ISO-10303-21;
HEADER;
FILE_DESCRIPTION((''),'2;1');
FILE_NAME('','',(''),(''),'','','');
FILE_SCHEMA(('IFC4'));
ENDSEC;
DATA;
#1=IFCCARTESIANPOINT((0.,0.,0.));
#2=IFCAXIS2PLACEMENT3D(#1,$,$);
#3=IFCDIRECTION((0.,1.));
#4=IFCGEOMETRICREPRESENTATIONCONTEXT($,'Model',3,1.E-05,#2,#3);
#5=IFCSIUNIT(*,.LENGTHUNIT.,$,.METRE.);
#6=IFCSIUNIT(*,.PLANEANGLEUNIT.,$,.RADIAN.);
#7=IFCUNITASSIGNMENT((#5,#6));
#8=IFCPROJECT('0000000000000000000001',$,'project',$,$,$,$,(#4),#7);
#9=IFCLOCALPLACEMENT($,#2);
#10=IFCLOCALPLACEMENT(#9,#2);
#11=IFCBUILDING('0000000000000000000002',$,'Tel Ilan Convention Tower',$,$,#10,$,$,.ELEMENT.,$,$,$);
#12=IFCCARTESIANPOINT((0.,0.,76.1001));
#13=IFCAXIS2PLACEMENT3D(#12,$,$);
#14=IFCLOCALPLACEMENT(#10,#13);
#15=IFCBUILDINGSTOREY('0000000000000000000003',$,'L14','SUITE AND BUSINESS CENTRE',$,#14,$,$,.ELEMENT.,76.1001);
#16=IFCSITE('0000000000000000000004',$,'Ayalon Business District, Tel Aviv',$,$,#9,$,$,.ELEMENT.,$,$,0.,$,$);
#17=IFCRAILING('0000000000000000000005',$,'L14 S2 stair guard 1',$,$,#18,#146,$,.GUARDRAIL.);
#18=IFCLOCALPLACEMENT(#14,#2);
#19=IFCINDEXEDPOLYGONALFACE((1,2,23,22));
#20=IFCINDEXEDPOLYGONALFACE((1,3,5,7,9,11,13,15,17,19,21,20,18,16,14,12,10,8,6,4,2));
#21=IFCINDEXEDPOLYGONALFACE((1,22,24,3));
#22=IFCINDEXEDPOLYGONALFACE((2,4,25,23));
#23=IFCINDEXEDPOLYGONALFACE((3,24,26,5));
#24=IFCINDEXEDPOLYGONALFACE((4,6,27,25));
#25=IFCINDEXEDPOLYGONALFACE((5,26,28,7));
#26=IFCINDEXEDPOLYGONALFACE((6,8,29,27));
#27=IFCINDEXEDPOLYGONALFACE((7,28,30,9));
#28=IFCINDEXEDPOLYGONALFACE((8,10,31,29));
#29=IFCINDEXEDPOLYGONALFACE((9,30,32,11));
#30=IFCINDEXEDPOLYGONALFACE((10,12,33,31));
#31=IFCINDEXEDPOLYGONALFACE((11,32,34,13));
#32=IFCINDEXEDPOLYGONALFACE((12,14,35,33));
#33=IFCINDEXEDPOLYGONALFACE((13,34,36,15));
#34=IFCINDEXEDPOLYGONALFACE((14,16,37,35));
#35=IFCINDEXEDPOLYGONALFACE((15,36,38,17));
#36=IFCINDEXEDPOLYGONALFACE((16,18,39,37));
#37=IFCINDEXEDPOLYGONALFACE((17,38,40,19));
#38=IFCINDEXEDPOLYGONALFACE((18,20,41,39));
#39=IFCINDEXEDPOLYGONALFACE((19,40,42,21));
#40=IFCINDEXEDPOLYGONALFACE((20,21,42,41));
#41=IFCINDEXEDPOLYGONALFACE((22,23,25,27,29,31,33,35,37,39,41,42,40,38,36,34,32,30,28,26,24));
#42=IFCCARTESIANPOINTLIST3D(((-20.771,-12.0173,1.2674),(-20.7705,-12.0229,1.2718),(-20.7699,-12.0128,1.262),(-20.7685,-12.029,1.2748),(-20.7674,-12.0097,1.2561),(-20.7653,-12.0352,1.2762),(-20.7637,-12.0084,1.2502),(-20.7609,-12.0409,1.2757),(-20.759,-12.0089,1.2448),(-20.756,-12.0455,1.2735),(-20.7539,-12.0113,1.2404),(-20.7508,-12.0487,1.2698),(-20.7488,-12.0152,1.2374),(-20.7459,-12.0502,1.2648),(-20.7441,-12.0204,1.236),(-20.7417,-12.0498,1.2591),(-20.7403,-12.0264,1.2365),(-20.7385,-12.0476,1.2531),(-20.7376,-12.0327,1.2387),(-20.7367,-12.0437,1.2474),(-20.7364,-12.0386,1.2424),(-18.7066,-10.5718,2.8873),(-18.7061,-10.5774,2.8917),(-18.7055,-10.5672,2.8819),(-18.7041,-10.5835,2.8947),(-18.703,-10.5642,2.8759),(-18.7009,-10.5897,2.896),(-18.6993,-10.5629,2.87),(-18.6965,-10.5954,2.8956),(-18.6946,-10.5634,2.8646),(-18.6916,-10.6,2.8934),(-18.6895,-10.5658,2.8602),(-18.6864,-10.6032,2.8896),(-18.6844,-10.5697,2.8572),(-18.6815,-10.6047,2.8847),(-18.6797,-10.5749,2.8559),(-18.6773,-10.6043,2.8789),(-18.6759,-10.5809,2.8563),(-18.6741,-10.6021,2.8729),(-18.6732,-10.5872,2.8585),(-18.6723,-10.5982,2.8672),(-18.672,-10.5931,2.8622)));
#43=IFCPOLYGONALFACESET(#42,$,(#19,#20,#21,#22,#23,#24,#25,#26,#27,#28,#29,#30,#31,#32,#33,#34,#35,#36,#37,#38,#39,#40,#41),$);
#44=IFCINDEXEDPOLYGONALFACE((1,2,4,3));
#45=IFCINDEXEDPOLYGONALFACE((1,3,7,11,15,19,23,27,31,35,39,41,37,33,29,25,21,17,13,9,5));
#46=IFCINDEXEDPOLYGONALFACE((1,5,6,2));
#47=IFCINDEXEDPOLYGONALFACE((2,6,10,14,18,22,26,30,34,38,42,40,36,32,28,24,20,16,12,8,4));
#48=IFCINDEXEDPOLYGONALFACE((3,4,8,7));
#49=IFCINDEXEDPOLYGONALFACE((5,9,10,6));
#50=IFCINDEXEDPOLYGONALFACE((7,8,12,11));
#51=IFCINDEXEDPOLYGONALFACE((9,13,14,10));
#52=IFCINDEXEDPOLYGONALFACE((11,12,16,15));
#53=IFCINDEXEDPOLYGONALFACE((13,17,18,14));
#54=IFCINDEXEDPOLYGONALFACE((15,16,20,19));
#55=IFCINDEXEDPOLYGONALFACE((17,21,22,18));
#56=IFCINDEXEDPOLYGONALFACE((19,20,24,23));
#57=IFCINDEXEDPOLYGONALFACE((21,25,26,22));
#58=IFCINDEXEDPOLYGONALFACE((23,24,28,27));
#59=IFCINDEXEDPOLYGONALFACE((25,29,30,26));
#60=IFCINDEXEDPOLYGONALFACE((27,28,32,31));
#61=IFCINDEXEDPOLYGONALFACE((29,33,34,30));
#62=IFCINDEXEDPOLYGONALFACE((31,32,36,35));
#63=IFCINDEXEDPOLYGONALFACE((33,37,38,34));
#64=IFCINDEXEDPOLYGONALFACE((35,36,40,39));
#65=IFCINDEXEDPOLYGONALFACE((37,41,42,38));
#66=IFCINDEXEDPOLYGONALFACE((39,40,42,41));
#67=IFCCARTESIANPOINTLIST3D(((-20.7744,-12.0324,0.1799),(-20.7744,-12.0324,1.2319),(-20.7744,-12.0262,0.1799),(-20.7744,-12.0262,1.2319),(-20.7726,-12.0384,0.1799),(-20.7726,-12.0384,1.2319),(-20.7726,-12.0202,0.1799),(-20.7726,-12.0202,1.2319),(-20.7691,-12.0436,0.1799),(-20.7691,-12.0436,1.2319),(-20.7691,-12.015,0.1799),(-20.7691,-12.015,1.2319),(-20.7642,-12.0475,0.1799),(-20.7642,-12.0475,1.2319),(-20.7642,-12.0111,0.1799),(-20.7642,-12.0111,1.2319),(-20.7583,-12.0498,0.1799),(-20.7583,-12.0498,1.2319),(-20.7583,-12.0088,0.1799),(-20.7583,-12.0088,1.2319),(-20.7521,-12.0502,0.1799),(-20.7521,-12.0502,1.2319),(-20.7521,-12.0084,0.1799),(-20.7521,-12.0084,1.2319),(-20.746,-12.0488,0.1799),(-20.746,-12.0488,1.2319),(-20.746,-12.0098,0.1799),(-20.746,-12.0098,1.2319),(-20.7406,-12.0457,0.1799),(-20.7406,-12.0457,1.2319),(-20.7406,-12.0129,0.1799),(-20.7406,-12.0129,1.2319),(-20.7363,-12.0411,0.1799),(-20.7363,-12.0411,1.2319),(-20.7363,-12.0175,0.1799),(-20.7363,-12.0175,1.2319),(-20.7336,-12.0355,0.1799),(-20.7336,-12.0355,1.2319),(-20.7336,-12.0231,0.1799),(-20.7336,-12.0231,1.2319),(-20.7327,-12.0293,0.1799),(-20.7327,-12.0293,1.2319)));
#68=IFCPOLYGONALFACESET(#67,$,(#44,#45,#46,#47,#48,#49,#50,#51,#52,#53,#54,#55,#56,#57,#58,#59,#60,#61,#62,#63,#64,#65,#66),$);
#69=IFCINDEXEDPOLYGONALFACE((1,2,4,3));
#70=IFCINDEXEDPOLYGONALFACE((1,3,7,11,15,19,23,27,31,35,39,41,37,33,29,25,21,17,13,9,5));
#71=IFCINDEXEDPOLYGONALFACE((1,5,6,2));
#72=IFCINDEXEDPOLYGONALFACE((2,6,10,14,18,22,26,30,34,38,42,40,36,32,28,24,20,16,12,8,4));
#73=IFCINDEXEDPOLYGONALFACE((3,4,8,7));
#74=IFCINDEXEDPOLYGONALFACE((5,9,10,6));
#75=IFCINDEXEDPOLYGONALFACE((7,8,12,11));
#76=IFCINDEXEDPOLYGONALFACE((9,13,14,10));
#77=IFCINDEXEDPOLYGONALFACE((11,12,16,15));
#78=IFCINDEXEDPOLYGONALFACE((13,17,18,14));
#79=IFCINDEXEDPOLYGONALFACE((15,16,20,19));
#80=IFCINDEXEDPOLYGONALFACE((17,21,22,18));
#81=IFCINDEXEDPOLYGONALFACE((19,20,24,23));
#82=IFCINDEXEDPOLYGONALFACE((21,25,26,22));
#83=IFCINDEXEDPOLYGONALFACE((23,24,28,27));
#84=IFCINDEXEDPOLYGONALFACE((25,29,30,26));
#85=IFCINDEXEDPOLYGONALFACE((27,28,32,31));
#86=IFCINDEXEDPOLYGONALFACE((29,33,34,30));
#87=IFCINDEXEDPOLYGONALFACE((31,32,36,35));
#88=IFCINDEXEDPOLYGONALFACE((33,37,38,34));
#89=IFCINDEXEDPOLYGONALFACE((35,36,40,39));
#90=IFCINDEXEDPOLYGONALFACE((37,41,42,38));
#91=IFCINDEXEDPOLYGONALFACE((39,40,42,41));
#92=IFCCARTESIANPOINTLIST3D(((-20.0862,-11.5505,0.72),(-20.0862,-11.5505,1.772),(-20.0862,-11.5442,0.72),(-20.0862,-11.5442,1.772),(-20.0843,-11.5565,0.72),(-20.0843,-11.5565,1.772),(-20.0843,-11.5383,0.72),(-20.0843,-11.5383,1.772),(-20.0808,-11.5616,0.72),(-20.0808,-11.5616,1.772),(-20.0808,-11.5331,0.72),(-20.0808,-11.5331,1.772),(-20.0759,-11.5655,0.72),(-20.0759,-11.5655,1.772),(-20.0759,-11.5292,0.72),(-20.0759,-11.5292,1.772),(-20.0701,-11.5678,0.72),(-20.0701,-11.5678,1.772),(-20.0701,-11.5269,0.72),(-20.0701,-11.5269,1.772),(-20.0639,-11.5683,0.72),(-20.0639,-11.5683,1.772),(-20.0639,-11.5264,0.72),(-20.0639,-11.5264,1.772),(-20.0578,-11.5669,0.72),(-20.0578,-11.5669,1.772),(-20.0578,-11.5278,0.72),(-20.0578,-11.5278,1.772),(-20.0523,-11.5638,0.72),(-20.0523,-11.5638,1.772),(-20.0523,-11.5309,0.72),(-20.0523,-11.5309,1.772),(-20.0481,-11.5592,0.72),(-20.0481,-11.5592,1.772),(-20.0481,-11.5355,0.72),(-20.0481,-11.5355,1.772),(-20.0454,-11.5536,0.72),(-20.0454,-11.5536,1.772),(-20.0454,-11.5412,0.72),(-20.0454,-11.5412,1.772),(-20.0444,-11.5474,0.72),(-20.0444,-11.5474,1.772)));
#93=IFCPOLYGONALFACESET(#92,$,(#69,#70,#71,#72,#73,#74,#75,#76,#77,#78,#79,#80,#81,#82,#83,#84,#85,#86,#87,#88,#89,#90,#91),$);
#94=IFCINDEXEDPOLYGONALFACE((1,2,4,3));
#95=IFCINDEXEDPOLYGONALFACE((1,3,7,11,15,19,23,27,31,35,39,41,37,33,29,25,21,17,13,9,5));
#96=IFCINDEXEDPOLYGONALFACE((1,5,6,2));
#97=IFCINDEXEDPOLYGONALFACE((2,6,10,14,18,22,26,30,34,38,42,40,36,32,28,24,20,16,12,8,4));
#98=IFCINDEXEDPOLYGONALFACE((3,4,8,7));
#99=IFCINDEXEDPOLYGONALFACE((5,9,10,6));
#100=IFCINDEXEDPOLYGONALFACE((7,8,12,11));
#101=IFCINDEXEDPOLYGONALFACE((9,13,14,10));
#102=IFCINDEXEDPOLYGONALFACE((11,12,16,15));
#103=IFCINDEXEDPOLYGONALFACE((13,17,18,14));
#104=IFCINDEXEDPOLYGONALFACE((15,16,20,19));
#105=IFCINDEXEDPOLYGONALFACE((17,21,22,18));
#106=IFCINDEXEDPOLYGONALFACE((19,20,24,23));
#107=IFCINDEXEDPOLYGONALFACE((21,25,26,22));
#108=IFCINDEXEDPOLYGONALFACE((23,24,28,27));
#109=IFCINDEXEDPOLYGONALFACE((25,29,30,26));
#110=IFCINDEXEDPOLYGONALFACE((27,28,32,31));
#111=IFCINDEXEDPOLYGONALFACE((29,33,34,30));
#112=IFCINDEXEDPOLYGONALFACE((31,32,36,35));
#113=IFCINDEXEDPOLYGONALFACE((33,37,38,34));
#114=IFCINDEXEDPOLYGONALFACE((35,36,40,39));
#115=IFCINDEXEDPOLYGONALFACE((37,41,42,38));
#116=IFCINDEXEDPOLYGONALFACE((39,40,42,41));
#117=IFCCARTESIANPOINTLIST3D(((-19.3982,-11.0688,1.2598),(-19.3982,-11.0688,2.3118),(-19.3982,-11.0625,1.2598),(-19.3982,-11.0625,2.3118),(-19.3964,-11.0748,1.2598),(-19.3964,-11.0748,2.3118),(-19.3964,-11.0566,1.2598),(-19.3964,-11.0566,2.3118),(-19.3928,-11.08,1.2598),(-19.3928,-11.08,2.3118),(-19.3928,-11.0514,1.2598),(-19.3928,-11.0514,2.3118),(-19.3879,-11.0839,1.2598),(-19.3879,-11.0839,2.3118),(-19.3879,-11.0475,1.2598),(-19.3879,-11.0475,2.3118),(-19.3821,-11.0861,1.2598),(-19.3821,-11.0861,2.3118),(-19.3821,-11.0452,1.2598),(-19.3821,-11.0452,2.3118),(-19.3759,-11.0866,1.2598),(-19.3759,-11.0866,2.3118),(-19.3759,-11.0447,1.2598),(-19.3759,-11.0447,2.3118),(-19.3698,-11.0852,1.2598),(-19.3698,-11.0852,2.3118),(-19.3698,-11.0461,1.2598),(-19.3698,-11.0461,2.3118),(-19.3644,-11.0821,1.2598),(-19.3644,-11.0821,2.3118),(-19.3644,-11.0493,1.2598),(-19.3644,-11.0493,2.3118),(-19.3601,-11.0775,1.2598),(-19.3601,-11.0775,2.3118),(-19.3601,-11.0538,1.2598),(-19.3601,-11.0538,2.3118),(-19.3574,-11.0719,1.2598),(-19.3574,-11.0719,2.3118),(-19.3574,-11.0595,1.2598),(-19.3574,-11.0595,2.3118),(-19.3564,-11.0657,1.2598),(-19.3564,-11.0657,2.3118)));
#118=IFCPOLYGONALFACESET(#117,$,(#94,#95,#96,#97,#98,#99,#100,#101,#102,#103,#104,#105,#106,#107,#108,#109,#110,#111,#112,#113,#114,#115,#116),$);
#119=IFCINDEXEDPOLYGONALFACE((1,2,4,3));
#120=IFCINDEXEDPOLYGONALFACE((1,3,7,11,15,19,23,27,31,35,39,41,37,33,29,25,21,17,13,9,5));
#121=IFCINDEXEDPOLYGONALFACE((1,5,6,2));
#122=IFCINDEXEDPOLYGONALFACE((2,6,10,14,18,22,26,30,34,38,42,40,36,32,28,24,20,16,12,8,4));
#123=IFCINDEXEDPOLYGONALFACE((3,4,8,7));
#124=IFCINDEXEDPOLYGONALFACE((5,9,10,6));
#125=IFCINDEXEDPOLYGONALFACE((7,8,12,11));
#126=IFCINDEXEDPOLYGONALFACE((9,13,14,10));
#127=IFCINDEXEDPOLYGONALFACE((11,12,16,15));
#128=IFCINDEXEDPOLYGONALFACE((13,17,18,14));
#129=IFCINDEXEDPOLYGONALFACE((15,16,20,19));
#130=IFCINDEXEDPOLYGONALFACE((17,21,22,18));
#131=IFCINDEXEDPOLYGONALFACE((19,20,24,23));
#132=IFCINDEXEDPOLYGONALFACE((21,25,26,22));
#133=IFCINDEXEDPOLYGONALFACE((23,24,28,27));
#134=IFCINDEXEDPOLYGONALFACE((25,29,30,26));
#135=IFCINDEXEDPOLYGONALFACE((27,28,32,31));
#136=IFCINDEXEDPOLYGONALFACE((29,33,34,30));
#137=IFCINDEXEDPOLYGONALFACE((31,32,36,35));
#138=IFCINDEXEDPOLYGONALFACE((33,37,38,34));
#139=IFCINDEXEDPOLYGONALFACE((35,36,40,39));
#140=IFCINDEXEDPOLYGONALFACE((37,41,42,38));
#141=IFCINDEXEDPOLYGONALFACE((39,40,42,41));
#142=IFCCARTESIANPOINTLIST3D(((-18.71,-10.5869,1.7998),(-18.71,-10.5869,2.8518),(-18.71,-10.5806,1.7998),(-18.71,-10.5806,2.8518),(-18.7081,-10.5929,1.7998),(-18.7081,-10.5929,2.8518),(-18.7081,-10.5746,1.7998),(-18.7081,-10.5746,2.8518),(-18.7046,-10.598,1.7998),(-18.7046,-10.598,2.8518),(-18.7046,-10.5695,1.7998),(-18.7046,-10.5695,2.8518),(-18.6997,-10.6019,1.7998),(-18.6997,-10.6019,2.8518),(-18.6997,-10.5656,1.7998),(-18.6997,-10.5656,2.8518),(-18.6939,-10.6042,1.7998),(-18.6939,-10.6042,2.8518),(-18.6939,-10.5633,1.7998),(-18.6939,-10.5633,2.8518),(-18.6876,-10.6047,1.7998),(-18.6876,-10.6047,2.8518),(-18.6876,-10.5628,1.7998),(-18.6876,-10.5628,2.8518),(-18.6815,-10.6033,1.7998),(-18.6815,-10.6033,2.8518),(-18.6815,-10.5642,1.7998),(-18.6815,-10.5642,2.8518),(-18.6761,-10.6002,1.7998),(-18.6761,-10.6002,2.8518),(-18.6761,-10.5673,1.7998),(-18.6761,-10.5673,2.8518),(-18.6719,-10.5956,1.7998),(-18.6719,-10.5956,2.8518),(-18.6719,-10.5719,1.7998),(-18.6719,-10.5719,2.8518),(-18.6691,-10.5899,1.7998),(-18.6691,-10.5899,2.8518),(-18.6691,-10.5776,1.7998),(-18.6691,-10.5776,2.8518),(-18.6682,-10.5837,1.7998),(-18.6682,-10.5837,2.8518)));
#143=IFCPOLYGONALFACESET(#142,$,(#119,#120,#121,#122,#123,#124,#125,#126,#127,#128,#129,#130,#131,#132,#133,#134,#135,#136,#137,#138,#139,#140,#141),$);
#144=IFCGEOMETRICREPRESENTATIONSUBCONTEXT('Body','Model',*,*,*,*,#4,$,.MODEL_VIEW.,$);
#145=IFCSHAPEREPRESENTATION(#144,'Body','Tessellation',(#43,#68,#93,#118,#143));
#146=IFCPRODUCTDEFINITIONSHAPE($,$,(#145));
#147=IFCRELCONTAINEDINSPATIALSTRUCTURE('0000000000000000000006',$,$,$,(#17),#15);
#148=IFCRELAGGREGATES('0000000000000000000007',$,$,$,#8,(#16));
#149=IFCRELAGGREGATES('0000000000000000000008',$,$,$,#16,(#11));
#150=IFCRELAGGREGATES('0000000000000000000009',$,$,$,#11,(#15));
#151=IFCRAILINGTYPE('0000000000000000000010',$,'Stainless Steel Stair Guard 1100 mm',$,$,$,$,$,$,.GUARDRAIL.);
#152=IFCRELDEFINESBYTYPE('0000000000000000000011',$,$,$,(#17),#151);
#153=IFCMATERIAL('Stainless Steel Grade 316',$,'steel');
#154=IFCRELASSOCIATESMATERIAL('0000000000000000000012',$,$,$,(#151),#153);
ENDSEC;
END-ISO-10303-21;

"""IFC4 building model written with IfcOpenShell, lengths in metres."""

from ifc_helpers import new_model, si_unit, direction, frame, origin, origin_2d, place, context, subcontext, project, spatial, circle, extrude, material, type_object, element, save


model = new_model("IFC4")

# Units and contexts
model_context = context("Model", 3, precision=1e-05, world=origin(), true_north=direction((0.0, 1.0)))
body_context = subcontext(model_context, "Body", "Model", "MODEL_VIEW")
ifc_project = project(units=[si_unit("LENGTHUNIT", "METRE"), si_unit("PLANEANGLEUNIT", "RADIAN")], contexts=[model_context])

# Site, building, storey
site_placement = place(None, origin())
site = spatial("IfcSite", under=ifc_project, at=site_placement, Name="Ayalon Business District, Tel Aviv", CompositionType="ELEMENT", RefElevation=0.0)
building_placement = place(site_placement, origin())
building = spatial("IfcBuilding", under=site, at=building_placement, Name="Tel Ilan Convention Tower", CompositionType="ELEMENT")
storey_placement = place(building_placement, frame((0.0, 0.0, 76.1001)))
storey = spatial("IfcBuildingStorey", under=building, at=storey_placement, Name="L14", Description="SUITE AND BUSINESS CENTRE", CompositionType="ELEMENT", Elevation=76.1001)

# Railing
ifc_material_1 = material(Name="Stainless Steel Grade 316", Category="steel")
railing_type_1 = type_object("IfcRailingType", Name="Stainless Steel Stair Guard 1100 mm", PredefinedType="GUARDRAIL", material=ifc_material_1)
railing_1_placement = place(storey_placement, frame((-20.7537, -12.0293, 0.1799)))
element("IfcRailing", 1, at=railing_1_placement, inside=storey, type_object=railing_type_1, Name="L14 S2 stair guard 1", PredefinedType="GUARDRAIL", context=body_context, shape_type="SweptSolid", body=[
    extrude(circle(Radius=0.0239, at=origin_2d()), frame((0.0, 0.0, 1.0762), z_axis=(0.689086, 0.482507, 0.540691), x_axis=(-0.573579, 0.81915, 0.0)), (0.0, 0.0, 1.0), 2.9958),
    extrude(circle(Radius=0.021, at=origin_2d()), origin(), (0.0, 0.0, 1.0), 1.052),
    extrude(circle(Radius=0.021, at=origin_2d()), frame((0.6882, 0.4819, 0.54)), (0.0, 0.0, 1.0), 1.052),
    extrude(circle(Radius=0.021, at=origin_2d()), frame((1.3762, 0.9636, 1.0798)), (0.0, 0.0, 1.0), 1.052),
    extrude(circle(Radius=0.021, at=origin_2d()), frame((2.0645, 1.4456, 1.6199)), (0.0, 0.0, 1.0), 1.052),
])

save(model, "model.ifc")
